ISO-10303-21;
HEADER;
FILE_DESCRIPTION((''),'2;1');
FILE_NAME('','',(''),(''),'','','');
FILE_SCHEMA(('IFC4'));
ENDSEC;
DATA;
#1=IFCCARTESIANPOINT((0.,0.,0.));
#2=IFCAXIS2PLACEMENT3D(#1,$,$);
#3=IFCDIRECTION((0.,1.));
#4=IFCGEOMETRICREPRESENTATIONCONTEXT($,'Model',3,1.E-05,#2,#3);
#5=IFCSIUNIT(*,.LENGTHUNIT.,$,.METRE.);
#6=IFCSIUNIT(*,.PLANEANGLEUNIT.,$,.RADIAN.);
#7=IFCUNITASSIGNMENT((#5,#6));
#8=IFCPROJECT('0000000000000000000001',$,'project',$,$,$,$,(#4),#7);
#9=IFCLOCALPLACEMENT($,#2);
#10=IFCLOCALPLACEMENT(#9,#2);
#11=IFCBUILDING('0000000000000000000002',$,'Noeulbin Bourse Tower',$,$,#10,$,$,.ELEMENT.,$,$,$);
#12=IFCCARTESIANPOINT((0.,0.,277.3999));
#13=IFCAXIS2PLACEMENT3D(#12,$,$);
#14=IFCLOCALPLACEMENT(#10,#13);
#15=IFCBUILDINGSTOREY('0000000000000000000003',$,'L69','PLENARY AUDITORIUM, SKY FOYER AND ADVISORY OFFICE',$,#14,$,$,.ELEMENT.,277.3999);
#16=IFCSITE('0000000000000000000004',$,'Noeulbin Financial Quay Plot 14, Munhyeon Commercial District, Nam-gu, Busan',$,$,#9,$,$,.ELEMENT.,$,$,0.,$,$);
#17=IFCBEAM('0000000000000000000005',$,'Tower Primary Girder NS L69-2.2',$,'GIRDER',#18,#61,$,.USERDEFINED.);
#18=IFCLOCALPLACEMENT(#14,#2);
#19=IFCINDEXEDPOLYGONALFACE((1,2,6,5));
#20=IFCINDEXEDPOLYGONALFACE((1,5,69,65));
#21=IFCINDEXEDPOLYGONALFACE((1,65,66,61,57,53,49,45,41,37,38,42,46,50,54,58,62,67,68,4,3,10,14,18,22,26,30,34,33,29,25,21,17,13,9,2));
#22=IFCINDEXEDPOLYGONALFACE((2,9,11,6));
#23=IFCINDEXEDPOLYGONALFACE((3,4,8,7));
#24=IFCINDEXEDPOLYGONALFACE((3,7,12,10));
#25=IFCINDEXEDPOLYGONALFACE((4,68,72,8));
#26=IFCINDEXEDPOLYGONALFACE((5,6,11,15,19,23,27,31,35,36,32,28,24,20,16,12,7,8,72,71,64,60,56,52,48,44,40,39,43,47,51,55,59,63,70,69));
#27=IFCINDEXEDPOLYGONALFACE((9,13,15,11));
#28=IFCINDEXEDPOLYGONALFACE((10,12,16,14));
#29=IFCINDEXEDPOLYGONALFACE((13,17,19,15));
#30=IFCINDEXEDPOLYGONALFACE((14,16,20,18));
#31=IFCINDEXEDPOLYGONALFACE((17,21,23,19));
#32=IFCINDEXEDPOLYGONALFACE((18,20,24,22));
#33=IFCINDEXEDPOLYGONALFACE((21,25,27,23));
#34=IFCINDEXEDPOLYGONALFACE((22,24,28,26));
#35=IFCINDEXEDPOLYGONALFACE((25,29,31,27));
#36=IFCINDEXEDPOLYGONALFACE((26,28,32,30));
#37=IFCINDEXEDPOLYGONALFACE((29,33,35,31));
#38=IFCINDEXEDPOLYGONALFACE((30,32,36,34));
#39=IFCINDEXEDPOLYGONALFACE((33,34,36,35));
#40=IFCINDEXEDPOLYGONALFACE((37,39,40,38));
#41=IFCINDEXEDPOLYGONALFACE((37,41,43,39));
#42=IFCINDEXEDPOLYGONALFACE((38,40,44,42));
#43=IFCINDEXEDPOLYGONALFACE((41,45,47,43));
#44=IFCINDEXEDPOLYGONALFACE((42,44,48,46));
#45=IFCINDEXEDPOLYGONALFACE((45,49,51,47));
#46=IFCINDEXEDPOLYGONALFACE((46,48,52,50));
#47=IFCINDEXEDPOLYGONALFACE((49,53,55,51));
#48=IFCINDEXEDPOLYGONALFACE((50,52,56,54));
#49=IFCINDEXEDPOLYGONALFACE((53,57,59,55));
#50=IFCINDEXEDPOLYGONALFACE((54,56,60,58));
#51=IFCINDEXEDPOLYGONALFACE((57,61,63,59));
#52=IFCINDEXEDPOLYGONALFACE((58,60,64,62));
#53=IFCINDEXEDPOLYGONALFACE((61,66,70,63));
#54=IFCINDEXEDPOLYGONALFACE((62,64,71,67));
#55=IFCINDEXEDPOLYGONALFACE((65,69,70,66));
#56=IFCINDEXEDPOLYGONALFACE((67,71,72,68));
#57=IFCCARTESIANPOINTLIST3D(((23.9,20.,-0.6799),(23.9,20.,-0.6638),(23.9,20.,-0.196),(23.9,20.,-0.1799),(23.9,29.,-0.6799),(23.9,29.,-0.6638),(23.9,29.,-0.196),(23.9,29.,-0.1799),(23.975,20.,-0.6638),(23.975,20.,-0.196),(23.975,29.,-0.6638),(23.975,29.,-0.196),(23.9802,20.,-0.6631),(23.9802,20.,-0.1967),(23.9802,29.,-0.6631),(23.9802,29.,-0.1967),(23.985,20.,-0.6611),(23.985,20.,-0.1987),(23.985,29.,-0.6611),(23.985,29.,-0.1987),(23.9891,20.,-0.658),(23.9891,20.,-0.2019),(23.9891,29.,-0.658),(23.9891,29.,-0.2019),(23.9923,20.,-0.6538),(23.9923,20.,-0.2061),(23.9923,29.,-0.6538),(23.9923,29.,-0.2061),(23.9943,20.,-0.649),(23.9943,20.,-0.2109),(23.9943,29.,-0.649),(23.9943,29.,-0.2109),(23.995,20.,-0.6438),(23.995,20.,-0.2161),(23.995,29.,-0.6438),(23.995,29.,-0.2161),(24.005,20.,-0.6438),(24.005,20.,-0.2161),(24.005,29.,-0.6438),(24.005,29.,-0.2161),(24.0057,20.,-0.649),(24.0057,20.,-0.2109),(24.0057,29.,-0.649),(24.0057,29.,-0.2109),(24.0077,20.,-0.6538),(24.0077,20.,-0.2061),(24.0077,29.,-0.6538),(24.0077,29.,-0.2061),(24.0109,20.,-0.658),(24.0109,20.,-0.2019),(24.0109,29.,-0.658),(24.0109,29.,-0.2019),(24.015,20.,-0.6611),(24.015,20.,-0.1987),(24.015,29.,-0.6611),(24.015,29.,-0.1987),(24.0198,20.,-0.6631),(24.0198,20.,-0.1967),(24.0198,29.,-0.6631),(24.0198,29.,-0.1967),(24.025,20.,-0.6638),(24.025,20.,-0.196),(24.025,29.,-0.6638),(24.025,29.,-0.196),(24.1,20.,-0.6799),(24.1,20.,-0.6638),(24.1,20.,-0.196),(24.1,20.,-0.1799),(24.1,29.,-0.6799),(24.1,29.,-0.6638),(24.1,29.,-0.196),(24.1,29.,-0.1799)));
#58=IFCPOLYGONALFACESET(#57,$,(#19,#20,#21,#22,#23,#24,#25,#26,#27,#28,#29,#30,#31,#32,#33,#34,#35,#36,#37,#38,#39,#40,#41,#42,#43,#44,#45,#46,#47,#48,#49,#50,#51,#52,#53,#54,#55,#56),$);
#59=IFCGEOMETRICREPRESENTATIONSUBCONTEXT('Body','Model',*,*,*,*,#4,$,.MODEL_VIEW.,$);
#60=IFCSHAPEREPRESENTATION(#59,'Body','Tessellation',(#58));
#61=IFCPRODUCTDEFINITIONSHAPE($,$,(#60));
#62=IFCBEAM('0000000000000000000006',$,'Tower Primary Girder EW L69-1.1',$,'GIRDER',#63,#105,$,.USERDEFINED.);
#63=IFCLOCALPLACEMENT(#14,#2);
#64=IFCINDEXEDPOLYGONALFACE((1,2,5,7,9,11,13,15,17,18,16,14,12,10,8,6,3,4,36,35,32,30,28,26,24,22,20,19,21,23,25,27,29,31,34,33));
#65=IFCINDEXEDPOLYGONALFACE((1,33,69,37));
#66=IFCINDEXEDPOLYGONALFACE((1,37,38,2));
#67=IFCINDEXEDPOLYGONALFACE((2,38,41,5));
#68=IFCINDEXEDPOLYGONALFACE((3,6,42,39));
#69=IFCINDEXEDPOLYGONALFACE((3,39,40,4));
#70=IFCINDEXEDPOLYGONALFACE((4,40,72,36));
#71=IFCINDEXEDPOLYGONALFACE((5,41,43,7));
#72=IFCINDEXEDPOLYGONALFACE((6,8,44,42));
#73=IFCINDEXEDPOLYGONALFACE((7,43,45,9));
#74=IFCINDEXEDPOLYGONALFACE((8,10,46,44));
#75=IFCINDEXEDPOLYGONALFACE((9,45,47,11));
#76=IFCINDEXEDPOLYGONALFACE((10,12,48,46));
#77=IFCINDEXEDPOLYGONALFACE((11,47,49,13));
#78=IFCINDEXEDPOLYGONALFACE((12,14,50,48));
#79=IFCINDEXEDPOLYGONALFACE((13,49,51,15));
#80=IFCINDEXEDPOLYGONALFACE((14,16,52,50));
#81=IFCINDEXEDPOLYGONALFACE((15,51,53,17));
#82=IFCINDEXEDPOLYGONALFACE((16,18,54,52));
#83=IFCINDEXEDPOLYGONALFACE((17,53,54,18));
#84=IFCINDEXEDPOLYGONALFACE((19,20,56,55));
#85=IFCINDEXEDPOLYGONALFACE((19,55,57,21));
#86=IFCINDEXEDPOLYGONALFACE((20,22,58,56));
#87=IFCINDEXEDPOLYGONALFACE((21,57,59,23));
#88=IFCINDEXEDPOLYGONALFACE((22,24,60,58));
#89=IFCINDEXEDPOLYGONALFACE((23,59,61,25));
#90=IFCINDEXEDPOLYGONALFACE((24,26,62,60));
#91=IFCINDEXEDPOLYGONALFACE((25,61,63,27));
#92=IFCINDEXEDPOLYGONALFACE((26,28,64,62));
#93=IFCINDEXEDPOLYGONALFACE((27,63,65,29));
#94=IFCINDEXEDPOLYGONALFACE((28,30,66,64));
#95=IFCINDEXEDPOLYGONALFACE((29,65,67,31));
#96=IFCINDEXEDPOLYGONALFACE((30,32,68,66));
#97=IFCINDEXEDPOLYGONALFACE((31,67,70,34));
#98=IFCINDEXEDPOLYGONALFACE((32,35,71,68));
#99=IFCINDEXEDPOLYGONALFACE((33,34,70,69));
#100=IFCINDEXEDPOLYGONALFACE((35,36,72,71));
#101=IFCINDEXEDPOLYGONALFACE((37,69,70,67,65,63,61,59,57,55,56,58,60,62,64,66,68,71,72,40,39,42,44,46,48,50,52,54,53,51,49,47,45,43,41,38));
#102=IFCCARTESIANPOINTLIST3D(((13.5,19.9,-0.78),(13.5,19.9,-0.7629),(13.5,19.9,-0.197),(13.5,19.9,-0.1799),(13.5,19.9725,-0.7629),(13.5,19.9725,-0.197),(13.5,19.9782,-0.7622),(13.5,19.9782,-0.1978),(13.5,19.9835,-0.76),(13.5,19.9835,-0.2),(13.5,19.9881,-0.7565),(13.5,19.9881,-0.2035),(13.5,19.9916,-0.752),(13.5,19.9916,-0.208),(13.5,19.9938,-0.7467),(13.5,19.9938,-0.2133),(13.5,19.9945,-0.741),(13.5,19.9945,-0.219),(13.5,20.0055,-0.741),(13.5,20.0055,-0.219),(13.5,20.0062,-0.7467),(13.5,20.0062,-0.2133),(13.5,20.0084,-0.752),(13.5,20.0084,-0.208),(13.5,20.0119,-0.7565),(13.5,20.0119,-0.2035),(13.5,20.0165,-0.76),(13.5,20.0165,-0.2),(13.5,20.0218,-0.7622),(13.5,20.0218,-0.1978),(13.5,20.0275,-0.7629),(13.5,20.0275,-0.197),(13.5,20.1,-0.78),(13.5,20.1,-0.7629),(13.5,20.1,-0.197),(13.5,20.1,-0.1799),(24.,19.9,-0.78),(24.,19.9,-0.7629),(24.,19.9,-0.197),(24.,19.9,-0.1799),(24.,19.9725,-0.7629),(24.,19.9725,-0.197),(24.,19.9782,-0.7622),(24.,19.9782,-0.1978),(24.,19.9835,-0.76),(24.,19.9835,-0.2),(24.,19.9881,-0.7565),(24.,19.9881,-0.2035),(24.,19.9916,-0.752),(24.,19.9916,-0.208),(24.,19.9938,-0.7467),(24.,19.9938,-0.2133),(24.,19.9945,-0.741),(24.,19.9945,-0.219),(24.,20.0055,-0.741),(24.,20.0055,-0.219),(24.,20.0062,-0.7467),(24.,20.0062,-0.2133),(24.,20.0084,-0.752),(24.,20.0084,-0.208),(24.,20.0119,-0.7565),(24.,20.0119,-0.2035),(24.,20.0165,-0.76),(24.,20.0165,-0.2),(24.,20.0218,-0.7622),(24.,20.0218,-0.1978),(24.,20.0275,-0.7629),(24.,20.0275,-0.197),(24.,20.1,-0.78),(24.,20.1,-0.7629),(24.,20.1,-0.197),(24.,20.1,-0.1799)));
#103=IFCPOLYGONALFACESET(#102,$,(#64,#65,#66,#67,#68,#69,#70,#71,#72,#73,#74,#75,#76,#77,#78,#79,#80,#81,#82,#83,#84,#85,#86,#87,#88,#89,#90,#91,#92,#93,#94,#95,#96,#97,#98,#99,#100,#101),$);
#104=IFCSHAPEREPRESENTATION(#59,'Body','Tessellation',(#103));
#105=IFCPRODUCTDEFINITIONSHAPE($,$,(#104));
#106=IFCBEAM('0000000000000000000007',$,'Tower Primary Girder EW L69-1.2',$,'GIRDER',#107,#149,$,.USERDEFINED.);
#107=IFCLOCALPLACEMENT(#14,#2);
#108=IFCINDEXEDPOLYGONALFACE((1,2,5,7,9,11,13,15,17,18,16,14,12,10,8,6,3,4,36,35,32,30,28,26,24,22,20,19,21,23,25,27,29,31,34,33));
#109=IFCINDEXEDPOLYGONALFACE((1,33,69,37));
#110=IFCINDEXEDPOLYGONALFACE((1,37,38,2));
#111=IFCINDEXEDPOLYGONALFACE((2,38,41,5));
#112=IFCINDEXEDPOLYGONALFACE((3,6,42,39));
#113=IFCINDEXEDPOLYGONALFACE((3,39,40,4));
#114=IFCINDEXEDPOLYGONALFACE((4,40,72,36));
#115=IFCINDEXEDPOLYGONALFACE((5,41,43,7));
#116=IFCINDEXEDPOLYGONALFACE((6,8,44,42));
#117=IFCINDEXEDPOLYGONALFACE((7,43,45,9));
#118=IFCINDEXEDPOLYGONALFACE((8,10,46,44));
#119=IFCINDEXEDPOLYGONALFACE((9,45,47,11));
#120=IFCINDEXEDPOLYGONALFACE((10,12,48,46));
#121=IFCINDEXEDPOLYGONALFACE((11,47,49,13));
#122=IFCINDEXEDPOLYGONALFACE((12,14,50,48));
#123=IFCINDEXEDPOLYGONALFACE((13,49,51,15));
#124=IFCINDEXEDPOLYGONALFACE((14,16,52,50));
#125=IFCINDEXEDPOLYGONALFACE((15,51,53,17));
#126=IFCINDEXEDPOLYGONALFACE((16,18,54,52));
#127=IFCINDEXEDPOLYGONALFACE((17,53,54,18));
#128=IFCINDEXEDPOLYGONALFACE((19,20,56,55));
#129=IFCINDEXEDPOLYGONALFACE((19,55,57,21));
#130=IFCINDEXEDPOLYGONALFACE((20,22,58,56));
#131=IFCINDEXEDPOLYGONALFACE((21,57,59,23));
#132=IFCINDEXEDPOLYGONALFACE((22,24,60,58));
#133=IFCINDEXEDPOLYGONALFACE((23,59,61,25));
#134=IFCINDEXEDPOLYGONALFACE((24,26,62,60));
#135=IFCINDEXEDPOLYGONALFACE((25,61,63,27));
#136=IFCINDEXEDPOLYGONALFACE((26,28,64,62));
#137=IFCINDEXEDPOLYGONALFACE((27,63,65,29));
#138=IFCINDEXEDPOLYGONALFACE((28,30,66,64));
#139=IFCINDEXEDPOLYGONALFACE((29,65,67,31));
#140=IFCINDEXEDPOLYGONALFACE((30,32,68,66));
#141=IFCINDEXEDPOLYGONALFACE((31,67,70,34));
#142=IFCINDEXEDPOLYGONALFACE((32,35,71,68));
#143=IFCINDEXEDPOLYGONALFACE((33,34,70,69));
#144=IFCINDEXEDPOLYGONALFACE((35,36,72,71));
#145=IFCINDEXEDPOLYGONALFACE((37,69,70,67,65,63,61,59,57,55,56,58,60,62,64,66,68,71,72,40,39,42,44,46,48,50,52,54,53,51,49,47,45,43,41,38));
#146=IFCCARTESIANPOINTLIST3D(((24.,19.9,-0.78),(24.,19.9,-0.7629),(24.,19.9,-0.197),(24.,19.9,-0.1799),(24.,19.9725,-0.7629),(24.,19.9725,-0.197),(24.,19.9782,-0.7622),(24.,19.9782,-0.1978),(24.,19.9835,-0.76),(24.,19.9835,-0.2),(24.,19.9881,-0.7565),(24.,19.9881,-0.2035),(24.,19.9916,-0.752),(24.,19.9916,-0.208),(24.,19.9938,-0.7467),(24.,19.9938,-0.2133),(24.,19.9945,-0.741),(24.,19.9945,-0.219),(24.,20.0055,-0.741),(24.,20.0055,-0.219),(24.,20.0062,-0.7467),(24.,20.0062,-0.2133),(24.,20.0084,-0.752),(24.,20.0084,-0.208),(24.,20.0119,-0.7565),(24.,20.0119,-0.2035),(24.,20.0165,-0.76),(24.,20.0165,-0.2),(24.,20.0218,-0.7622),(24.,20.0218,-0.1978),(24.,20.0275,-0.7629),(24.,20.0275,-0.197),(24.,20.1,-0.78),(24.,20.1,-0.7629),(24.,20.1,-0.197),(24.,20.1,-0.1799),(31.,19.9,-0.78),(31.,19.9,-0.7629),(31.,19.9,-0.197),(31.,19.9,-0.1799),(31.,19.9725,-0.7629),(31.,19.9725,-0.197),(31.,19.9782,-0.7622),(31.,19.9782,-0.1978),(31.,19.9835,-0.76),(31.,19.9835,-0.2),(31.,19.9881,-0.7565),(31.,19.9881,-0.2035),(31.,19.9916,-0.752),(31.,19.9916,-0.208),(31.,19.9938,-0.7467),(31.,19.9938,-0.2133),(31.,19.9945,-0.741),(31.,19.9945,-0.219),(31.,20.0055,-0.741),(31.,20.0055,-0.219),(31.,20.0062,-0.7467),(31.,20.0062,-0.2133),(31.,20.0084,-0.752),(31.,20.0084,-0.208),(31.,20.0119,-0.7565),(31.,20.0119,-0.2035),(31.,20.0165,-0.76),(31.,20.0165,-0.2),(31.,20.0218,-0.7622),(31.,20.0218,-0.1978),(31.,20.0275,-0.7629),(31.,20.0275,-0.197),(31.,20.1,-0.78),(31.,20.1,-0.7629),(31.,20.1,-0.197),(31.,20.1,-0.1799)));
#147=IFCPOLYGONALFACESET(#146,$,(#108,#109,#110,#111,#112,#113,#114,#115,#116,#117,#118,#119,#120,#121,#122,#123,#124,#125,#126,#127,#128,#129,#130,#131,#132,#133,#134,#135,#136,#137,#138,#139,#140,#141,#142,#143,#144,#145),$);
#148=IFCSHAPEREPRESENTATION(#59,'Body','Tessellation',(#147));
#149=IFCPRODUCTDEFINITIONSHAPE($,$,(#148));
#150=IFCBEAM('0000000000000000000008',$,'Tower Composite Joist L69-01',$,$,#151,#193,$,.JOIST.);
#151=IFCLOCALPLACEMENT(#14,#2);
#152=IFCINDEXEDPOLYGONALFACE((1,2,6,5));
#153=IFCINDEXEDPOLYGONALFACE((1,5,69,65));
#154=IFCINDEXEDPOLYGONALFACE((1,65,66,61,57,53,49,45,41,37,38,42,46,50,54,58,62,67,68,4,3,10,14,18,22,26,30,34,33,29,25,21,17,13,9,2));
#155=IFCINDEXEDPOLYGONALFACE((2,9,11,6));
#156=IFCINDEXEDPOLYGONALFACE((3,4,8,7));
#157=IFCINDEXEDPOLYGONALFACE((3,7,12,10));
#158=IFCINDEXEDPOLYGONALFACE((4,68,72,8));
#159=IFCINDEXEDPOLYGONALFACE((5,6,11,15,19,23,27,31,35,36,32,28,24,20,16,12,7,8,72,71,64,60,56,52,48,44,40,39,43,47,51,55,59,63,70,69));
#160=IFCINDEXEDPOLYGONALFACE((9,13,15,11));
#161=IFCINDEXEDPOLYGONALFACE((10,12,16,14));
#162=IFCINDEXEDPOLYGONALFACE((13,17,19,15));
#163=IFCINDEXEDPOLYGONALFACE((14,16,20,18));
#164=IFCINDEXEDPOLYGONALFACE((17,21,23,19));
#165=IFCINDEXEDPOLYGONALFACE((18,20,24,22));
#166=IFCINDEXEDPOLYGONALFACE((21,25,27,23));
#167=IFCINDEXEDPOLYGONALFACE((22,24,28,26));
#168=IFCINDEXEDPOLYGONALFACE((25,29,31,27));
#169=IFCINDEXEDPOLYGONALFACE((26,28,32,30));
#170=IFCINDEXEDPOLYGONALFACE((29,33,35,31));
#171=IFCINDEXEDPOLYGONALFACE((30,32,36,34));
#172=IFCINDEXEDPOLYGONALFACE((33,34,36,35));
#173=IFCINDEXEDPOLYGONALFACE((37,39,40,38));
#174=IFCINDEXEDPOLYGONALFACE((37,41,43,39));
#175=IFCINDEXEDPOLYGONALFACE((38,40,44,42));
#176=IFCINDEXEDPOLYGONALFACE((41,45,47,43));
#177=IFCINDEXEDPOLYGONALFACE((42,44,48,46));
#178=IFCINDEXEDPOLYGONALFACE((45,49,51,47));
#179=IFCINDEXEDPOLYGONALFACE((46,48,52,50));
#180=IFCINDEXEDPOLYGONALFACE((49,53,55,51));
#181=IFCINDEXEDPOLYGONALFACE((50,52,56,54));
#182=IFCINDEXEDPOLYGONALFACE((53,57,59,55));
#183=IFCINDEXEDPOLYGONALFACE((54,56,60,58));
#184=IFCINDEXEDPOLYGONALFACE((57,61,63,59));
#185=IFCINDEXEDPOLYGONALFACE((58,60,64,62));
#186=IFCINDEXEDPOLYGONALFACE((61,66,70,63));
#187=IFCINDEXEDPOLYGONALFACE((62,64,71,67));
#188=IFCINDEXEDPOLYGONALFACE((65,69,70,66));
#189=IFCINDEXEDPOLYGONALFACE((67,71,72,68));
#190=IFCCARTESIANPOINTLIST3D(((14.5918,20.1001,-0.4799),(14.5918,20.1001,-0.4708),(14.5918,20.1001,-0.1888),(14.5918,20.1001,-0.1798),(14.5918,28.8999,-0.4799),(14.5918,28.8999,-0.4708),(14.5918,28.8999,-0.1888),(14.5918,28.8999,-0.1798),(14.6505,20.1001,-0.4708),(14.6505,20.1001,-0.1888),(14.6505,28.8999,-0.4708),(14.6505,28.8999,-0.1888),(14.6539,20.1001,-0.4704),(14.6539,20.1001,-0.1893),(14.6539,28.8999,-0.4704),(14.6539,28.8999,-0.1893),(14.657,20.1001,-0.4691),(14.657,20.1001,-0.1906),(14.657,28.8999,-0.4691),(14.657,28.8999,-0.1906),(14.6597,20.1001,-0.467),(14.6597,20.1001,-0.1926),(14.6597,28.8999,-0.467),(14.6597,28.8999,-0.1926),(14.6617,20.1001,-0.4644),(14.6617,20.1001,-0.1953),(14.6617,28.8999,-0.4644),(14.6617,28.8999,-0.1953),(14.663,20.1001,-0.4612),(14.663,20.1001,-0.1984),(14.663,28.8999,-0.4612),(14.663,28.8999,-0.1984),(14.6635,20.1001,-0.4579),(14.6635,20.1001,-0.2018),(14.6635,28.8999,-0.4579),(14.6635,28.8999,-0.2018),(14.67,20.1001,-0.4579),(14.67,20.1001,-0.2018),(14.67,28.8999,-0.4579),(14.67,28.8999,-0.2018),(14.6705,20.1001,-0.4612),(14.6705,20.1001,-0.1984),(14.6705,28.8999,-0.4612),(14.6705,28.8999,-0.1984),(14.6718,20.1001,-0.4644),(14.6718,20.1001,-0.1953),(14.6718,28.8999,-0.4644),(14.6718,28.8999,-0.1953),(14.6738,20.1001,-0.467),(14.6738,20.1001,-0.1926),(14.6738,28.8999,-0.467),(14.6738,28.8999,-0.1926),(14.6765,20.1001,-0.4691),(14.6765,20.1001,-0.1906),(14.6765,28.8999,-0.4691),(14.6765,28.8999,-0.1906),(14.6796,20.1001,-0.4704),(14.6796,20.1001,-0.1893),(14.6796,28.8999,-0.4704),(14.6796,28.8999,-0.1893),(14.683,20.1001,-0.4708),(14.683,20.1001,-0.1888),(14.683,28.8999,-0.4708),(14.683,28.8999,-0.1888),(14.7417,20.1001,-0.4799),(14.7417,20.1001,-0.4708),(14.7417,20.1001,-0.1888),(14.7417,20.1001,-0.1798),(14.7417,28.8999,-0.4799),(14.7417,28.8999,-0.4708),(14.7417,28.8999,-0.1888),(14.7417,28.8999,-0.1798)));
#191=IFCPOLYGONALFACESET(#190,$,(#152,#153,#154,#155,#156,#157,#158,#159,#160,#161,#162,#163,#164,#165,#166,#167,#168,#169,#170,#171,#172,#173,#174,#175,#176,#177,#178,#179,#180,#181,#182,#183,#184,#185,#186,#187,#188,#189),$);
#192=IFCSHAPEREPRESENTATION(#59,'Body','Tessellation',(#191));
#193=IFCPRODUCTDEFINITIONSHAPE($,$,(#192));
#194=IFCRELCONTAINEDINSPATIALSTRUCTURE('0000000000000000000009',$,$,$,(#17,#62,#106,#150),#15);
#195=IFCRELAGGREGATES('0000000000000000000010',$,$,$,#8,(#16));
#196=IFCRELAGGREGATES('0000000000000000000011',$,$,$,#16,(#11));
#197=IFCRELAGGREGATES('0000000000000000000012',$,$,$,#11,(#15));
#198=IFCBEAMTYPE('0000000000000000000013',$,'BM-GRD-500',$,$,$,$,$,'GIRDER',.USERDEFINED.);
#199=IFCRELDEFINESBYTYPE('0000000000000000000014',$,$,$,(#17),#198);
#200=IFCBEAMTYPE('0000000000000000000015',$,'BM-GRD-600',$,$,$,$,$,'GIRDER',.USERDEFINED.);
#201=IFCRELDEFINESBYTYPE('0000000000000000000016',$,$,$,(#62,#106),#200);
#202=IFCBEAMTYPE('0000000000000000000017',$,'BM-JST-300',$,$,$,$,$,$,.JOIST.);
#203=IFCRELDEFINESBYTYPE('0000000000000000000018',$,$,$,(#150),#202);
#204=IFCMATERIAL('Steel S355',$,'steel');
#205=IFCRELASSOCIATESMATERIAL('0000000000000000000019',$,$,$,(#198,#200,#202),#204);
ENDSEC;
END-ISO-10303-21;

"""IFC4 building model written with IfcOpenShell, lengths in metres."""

from ifc_helpers import new_model, si_unit, direction, frame, origin, origin_2d, place, context, subcontext, project, spatial, i_section, extrude, material, material_profile, profile_set, type_object, element, save


model = new_model("IFC4")

# Units and contexts
model_context = context("Model", 3, precision=1e-05, world=origin(), true_north=direction((0.0, 1.0)))
body_context = subcontext(model_context, "Body", "Model", "MODEL_VIEW")
ifc_project = project(units=[si_unit("LENGTHUNIT", "METRE"), si_unit("PLANEANGLEUNIT", "RADIAN")], contexts=[model_context])

# Site, building, storey
site_placement = place(None, origin())
site = spatial("IfcSite", under=ifc_project, at=site_placement, Name="Noeulbin Financial Quay Plot 14, Munhyeon Commercial District, Nam-gu, Busan", CompositionType="ELEMENT", RefElevation=0.0)
building_placement = place(site_placement, origin())
building = spatial("IfcBuilding", under=site, at=building_placement, Name="Noeulbin Bourse Tower", CompositionType="ELEMENT")
storey_placement = place(building_placement, frame((0.0, 0.0, 277.3999)))
storey = spatial("IfcBuildingStorey", under=building, at=storey_placement, Name="L69", Description="PLENARY AUDITORIUM, SKY FOYER AND ADVISORY OFFICE", CompositionType="ELEMENT", Elevation=277.3999)

# Shared definitions
ifc_material_1 = material(Name="Steel S355", Category="steel")

# Beams
ifc_material_profile_1 = material_profile(ifc_material_1, i_section(OverallWidth=0.2, OverallDepth=0.5, WebThickness=0.01, FlangeThickness=0.0161, FilletRadius=0.02, at=origin_2d()), Name="H-500x200x10x16", Category="LoadBearing")
ifc_profile_set_1 = profile_set([ifc_material_profile_1], Name="Steel S355")
beam_type_1 = type_object("IfcBeamType", Name="BM-GRD-500", ElementType="GIRDER", PredefinedType="USERDEFINED", material=ifc_profile_set_1)
beam_1_placement = place(storey_placement, frame((24.0, 20.0, -0.4299), z_axis=(0.0, 1.0, 0.0), x_axis=(-1.0, 0.0, 0.0)))
element("IfcBeam", 1, at=beam_1_placement, inside=storey, type_object=beam_type_1, Name="Tower Primary Girder NS L69-2.2", ObjectType="GIRDER", PredefinedType="USERDEFINED", context=body_context, shape_type="SweptSolid", body=[
    extrude(i_section(OverallWidth=0.2, OverallDepth=0.5, WebThickness=0.01, FlangeThickness=0.0161, FilletRadius=0.02, at=origin_2d()), origin(), (0.0, 0.0, 1.0), 9.0),
])
ifc_material_profile_2 = material_profile(ifc_material_1, i_section(OverallWidth=0.2, OverallDepth=0.6001, WebThickness=0.011, FlangeThickness=0.0171, FilletRadius=0.022, at=origin_2d()), Name="H-600x200x11x17", Category="LoadBearing")
ifc_profile_set_2 = profile_set([ifc_material_profile_2], Name="Steel S355")
beam_type_2 = type_object("IfcBeamType", Name="BM-GRD-600", ElementType="GIRDER", PredefinedType="USERDEFINED", material=ifc_profile_set_2)
beam_2_placement = place(storey_placement, frame((13.5, 20.0, -0.48), z_axis=(1.0, 0.0, 0.0), x_axis=(0.0, 1.0, 0.0)))
element("IfcBeam", 2, at=beam_2_placement, inside=storey, type_object=beam_type_2, Name="Tower Primary Girder EW L69-1.1", ObjectType="GIRDER", PredefinedType="USERDEFINED", context=body_context, shape_type="SweptSolid", body=[
    extrude(i_section(OverallWidth=0.2, OverallDepth=0.6001, WebThickness=0.011, FlangeThickness=0.0171, FilletRadius=0.022, at=origin_2d()), origin(), (0.0, 0.0, 1.0), 10.5),
])
beam_3_placement = place(storey_placement, frame((24.0, 20.0, -0.48), z_axis=(1.0, 0.0, 0.0), x_axis=(0.0, 1.0, 0.0)))
element("IfcBeam", 3, at=beam_3_placement, inside=storey, type_object=beam_type_2, Name="Tower Primary Girder EW L69-1.2", ObjectType="GIRDER", PredefinedType="USERDEFINED", context=body_context, shape_type="SweptSolid", body=[
    extrude(i_section(OverallWidth=0.2, OverallDepth=0.6001, WebThickness=0.011, FlangeThickness=0.0171, FilletRadius=0.022, at=origin_2d()), origin(), (0.0, 0.0, 1.0), 7.0),
])
ifc_material_profile_3 = material_profile(ifc_material_1, i_section(OverallWidth=0.1499, OverallDepth=0.3, WebThickness=0.0066, FlangeThickness=0.009, FilletRadius=0.0129, at=origin_2d()), Name="H-300x150x6.5x9", Category="LoadBearing")
ifc_profile_set_3 = profile_set([ifc_material_profile_3], Name="Steel S355")
beam_type_3 = type_object("IfcBeamType", Name="BM-JST-300", PredefinedType="JOIST", material=ifc_profile_set_3)
beam_4_placement = place(storey_placement, frame((14.6667, 20.1001, -0.3298), z_axis=(0.0, 1.0, 0.0), x_axis=(-1.0, 0.0, 0.0)))
element("IfcBeam", 4, at=beam_4_placement, inside=storey, type_object=beam_type_3, Name="Tower Composite Joist L69-01", PredefinedType="JOIST", context=body_context, shape_type="SweptSolid", body=[
    extrude(i_section(OverallWidth=0.1499, OverallDepth=0.3, WebThickness=0.0066, FlangeThickness=0.009, FilletRadius=0.0129, at=origin_2d()), origin(), (0.0, 0.0, 1.0), 8.7998),
])

save(model, "model.ifc")
